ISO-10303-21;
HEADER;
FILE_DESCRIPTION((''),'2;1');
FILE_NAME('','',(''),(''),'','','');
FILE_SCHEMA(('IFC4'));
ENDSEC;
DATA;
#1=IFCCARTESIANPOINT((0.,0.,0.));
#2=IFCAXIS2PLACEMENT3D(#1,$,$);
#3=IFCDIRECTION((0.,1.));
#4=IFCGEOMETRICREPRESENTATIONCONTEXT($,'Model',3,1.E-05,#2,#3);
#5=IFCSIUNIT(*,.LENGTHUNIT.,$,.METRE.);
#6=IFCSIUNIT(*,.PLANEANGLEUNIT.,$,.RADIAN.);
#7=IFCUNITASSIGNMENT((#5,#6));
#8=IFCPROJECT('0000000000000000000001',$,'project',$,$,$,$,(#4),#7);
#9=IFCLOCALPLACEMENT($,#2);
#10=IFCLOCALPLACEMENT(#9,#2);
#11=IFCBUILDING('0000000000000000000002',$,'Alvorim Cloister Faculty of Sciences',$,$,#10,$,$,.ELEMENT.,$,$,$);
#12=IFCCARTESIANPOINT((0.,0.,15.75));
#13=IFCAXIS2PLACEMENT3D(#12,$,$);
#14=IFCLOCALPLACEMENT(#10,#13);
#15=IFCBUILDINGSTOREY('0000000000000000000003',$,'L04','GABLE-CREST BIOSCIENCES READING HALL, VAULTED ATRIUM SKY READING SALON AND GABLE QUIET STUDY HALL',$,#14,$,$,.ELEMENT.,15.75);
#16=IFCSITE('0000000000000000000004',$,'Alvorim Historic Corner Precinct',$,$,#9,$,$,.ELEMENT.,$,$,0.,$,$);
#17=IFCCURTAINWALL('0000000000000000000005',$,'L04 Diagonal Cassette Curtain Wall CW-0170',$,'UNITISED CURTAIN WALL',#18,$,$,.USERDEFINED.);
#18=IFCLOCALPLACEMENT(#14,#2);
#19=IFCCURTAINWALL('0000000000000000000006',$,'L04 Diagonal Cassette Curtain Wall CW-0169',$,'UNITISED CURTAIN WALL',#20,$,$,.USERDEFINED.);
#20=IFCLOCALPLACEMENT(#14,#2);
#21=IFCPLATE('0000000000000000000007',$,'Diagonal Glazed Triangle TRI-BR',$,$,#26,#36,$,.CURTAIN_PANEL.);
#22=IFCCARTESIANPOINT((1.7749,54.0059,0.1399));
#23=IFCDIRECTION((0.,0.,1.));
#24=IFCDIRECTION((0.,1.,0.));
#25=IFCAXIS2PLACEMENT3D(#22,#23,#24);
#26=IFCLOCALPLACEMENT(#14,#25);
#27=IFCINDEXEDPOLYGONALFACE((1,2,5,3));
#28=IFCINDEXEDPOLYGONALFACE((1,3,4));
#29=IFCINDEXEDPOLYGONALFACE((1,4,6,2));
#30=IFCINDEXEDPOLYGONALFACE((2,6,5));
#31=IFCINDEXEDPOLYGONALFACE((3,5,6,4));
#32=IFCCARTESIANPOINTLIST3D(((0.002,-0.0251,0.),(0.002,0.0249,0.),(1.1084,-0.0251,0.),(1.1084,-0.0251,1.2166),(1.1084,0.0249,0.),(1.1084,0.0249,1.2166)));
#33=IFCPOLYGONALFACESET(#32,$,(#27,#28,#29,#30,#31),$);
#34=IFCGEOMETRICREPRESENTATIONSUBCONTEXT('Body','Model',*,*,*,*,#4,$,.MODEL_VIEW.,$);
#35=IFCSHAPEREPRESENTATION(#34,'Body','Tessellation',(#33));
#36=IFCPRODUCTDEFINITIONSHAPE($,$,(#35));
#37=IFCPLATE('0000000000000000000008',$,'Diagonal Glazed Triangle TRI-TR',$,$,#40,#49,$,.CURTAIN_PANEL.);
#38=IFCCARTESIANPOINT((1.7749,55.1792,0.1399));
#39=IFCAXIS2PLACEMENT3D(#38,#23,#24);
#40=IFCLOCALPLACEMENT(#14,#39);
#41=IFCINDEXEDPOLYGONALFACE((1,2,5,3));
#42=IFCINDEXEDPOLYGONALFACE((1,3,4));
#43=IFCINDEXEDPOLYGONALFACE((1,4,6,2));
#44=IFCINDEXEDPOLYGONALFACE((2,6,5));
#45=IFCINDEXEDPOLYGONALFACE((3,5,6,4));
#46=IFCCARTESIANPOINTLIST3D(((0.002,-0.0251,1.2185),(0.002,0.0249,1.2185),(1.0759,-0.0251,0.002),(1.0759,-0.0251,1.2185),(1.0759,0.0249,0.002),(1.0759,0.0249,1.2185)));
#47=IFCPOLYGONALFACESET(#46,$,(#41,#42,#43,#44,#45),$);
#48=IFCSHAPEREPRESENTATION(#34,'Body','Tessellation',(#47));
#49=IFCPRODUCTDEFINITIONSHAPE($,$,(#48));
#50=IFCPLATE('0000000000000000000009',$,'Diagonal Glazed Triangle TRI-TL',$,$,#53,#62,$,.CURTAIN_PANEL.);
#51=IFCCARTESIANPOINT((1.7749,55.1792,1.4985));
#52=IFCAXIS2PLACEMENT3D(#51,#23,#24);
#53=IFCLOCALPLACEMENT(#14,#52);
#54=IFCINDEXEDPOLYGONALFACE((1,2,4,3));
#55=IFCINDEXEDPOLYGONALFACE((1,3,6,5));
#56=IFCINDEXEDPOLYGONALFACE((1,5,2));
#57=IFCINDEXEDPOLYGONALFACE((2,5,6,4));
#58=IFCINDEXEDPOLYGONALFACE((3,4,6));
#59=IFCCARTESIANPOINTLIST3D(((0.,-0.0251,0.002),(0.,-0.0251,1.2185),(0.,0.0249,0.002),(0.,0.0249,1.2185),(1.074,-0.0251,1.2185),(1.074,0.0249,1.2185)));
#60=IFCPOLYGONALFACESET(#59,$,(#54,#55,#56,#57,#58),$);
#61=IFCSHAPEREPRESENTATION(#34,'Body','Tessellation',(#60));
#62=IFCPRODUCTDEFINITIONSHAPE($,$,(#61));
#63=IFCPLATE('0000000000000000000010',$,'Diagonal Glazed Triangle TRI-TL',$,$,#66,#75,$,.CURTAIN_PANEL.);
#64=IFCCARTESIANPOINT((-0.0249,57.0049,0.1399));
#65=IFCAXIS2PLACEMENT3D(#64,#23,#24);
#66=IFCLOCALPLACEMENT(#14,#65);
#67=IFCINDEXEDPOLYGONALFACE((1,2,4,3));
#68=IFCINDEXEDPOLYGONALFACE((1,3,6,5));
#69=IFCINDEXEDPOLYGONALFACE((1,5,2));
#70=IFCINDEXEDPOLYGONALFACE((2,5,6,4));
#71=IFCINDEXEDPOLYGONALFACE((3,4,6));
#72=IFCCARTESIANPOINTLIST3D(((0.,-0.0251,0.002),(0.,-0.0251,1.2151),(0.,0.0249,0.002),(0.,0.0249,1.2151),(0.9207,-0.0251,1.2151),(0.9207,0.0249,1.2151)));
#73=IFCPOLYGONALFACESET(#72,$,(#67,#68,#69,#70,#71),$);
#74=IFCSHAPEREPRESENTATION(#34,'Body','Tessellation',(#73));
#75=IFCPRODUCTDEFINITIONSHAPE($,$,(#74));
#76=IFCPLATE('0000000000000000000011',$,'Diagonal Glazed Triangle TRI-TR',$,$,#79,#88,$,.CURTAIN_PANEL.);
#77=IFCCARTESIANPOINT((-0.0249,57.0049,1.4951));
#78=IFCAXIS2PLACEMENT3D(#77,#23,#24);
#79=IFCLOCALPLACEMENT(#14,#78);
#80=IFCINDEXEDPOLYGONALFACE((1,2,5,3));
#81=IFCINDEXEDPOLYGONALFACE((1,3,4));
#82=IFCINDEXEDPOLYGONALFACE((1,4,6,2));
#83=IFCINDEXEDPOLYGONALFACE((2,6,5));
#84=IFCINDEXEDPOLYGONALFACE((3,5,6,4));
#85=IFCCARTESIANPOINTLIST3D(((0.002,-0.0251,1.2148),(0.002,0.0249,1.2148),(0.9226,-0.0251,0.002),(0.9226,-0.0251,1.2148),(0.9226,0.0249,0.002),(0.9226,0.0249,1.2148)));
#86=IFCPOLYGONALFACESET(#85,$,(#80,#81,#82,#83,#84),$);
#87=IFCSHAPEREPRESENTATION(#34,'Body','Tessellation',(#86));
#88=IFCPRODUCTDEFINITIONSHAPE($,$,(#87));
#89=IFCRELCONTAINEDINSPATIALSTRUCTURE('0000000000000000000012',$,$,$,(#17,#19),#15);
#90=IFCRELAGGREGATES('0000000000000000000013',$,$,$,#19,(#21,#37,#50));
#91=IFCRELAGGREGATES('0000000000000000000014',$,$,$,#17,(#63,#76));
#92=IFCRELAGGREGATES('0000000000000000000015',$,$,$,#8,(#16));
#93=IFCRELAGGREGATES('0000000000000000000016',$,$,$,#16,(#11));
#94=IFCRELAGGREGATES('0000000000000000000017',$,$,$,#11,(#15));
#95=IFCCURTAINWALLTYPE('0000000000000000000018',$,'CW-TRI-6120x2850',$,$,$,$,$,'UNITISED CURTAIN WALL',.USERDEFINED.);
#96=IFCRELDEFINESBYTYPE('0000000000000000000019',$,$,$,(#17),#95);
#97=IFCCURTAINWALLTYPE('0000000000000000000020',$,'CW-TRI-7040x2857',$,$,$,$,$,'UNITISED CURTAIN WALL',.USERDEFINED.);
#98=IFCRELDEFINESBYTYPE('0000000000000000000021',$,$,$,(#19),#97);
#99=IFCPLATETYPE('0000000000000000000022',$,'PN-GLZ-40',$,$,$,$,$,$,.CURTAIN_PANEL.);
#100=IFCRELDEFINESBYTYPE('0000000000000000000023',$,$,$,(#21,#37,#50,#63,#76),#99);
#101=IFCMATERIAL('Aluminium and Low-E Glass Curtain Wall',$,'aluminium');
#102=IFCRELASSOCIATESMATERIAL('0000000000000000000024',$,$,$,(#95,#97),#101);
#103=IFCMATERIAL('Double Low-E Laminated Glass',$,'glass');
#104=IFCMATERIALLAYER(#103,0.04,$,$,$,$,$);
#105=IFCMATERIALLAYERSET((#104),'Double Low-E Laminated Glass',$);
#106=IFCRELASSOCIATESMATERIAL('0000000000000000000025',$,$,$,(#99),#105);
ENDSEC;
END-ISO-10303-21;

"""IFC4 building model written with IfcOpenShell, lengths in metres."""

from ifc_helpers import new_model, si_unit, direction, frame, origin, place, context, subcontext, project, spatial, polyline, outline, extrude, material, layer, layer_set, type_object, element, aggregate, save


model = new_model("IFC4")

# Units and contexts
model_context = context("Model", 3, precision=1e-05, world=origin(), true_north=direction((0.0, 1.0)))
body_context = subcontext(model_context, "Body", "Model", "MODEL_VIEW")
ifc_project = project(units=[si_unit("LENGTHUNIT", "METRE"), si_unit("PLANEANGLEUNIT", "RADIAN")], contexts=[model_context])

# Site, building, storey
site_placement = place(None, origin())
site = spatial("IfcSite", under=ifc_project, at=site_placement, Name="Alvorim Historic Corner Precinct", CompositionType="ELEMENT", RefElevation=0.0)
building_placement = place(site_placement, origin())
building = spatial("IfcBuilding", under=site, at=building_placement, Name="Alvorim Cloister Faculty of Sciences", CompositionType="ELEMENT")
storey_placement = place(building_placement, frame((0.0, 0.0, 15.75)))
storey = spatial("IfcBuildingStorey", under=building, at=storey_placement, Name="L04", Description="GABLE-CREST BIOSCIENCES READING HALL, VAULTED ATRIUM SKY READING SALON AND GABLE QUIET STUDY HALL", CompositionType="ELEMENT", Elevation=15.75)

# Curtain wall
ifc_material_1 = material(Name="Aluminium and Low-E Glass Curtain Wall", Category="aluminium")
curtain_wall_type_1 = type_object("IfcCurtainWallType", Name="CW-TRI-6120x2850", ElementType="UNITISED CURTAIN WALL", PredefinedType="USERDEFINED", material=ifc_material_1)
curtain_wall_1_placement = place(storey_placement, origin())
curtain_wall_1 = element("IfcCurtainWall", 1, at=curtain_wall_1_placement, inside=storey, type_object=curtain_wall_type_1, Name="L04 Diagonal Cassette Curtain Wall CW-0170", ObjectType="UNITISED CURTAIN WALL", PredefinedType="USERDEFINED")

# Curtain wall, plates
curtain_wall_type_2 = type_object("IfcCurtainWallType", Name="CW-TRI-7040x2857", ElementType="UNITISED CURTAIN WALL", PredefinedType="USERDEFINED", material=ifc_material_1)
curtain_wall_2_placement = place(storey_placement, origin())
curtain_wall_2 = element("IfcCurtainWall", 2, at=curtain_wall_2_placement, inside=storey, type_object=curtain_wall_type_2, Name="L04 Diagonal Cassette Curtain Wall CW-0169", ObjectType="UNITISED CURTAIN WALL", PredefinedType="USERDEFINED")
ifc_material_2 = material(Name="Double Low-E Laminated Glass", Category="glass")
ifc_layer_1 = layer(ifc_material_2, 0.04)
ifc_layer_set_1 = layer_set([ifc_layer_1], Name="Double Low-E Laminated Glass")
plate_type = type_object("IfcPlateType", Name="PN-GLZ-40", PredefinedType="CURTAIN_PANEL", material=ifc_layer_set_1)
plate_1_placement = place(storey_placement, frame((1.7749, 54.0059, 0.1399), z_axis=(0.0, 0.0, 1.0), x_axis=(0.0, 1.0, 0.0)))
plate_1 = element("IfcPlate", 3, at=plate_1_placement, type_object=plate_type, Name="Diagonal Glazed Triangle TRI-BR", PredefinedType="CURTAIN_PANEL", context=body_context, shape_type="SweptSolid", body=[
    extrude(outline(polyline([(0.002, 0.0), (1.1084, 0.0), (1.1084, 1.2166), (0.002, 0.0)])), frame((0.0, 0.0249, 0.0), z_axis=(0.0, -1.0, 0.0), x_axis=(1.0, 0.0, 0.0)), (0.0, 0.0, 1.0), 0.05),
])
plate_2_placement = place(storey_placement, frame((1.7749, 55.1792, 0.1399), z_axis=(0.0, 0.0, 1.0), x_axis=(0.0, 1.0, 0.0)))
plate_2 = element("IfcPlate", 4, at=plate_2_placement, type_object=plate_type, Name="Diagonal Glazed Triangle TRI-TR", PredefinedType="CURTAIN_PANEL", context=body_context, shape_type="SweptSolid", body=[
    extrude(outline(polyline([(1.0759, 0.002), (1.0759, 1.2185), (0.002, 1.2185), (1.0759, 0.002)])), frame((0.0, 0.0249, 0.0), z_axis=(0.0, -1.0, 0.0), x_axis=(1.0, 0.0, 0.0)), (0.0, 0.0, 1.0), 0.05),
])
plate_3_placement = place(storey_placement, frame((1.7749, 55.1792, 1.4985), z_axis=(0.0, 0.0, 1.0), x_axis=(0.0, 1.0, 0.0)))
plate_3 = element("IfcPlate", 5, at=plate_3_placement, type_object=plate_type, Name="Diagonal Glazed Triangle TRI-TL", PredefinedType="CURTAIN_PANEL", context=body_context, shape_type="SweptSolid", body=[
    extrude(outline(polyline([(1.074, 1.2185), (0.0, 1.2185), (0.0, 0.002), (1.074, 1.2185)])), frame((0.0, 0.0249, 0.0), z_axis=(0.0, -1.0, 0.0), x_axis=(1.0, 0.0, 0.0)), (0.0, 0.0, 1.0), 0.05),
])
aggregate(curtain_wall_2, [plate_1, plate_2, plate_3])

# Plates
plate_4_placement = place(storey_placement, frame((-0.0249, 57.0049, 0.1399), z_axis=(0.0, 0.0, 1.0), x_axis=(0.0, 1.0, 0.0)))
plate_4 = element("IfcPlate", 6, at=plate_4_placement, type_object=plate_type, Name="Diagonal Glazed Triangle TRI-TL", PredefinedType="CURTAIN_PANEL", context=body_context, shape_type="SweptSolid", body=[
    extrude(outline(polyline([(0.9207, 1.2151), (0.0, 1.2151), (0.0, 0.002), (0.9207, 1.2151)])), frame((0.0, 0.0249, 0.0), z_axis=(0.0, -1.0, 0.0), x_axis=(1.0, 0.0, 0.0)), (0.0, 0.0, 1.0), 0.05),
])
plate_5_placement = place(storey_placement, frame((-0.0249, 57.0049, 1.4951), z_axis=(0.0, 0.0, 1.0), x_axis=(0.0, 1.0, 0.0)))
plate_5 = element("IfcPlate", 7, at=plate_5_placement, type_object=plate_type, Name="Diagonal Glazed Triangle TRI-TR", PredefinedType="CURTAIN_PANEL", context=body_context, shape_type="SweptSolid", body=[
    extrude(outline(polyline([(0.9226, 0.002), (0.9226, 1.2148), (0.002, 1.2148), (0.9226, 0.002)])), frame((0.0, 0.0249, 0.0), z_axis=(0.0, -1.0, 0.0), x_axis=(1.0, 0.0, 0.0)), (0.0, 0.0, 1.0), 0.05),
])
aggregate(curtain_wall_1, [plate_4, plate_5])

save(model, "model.ifc")
